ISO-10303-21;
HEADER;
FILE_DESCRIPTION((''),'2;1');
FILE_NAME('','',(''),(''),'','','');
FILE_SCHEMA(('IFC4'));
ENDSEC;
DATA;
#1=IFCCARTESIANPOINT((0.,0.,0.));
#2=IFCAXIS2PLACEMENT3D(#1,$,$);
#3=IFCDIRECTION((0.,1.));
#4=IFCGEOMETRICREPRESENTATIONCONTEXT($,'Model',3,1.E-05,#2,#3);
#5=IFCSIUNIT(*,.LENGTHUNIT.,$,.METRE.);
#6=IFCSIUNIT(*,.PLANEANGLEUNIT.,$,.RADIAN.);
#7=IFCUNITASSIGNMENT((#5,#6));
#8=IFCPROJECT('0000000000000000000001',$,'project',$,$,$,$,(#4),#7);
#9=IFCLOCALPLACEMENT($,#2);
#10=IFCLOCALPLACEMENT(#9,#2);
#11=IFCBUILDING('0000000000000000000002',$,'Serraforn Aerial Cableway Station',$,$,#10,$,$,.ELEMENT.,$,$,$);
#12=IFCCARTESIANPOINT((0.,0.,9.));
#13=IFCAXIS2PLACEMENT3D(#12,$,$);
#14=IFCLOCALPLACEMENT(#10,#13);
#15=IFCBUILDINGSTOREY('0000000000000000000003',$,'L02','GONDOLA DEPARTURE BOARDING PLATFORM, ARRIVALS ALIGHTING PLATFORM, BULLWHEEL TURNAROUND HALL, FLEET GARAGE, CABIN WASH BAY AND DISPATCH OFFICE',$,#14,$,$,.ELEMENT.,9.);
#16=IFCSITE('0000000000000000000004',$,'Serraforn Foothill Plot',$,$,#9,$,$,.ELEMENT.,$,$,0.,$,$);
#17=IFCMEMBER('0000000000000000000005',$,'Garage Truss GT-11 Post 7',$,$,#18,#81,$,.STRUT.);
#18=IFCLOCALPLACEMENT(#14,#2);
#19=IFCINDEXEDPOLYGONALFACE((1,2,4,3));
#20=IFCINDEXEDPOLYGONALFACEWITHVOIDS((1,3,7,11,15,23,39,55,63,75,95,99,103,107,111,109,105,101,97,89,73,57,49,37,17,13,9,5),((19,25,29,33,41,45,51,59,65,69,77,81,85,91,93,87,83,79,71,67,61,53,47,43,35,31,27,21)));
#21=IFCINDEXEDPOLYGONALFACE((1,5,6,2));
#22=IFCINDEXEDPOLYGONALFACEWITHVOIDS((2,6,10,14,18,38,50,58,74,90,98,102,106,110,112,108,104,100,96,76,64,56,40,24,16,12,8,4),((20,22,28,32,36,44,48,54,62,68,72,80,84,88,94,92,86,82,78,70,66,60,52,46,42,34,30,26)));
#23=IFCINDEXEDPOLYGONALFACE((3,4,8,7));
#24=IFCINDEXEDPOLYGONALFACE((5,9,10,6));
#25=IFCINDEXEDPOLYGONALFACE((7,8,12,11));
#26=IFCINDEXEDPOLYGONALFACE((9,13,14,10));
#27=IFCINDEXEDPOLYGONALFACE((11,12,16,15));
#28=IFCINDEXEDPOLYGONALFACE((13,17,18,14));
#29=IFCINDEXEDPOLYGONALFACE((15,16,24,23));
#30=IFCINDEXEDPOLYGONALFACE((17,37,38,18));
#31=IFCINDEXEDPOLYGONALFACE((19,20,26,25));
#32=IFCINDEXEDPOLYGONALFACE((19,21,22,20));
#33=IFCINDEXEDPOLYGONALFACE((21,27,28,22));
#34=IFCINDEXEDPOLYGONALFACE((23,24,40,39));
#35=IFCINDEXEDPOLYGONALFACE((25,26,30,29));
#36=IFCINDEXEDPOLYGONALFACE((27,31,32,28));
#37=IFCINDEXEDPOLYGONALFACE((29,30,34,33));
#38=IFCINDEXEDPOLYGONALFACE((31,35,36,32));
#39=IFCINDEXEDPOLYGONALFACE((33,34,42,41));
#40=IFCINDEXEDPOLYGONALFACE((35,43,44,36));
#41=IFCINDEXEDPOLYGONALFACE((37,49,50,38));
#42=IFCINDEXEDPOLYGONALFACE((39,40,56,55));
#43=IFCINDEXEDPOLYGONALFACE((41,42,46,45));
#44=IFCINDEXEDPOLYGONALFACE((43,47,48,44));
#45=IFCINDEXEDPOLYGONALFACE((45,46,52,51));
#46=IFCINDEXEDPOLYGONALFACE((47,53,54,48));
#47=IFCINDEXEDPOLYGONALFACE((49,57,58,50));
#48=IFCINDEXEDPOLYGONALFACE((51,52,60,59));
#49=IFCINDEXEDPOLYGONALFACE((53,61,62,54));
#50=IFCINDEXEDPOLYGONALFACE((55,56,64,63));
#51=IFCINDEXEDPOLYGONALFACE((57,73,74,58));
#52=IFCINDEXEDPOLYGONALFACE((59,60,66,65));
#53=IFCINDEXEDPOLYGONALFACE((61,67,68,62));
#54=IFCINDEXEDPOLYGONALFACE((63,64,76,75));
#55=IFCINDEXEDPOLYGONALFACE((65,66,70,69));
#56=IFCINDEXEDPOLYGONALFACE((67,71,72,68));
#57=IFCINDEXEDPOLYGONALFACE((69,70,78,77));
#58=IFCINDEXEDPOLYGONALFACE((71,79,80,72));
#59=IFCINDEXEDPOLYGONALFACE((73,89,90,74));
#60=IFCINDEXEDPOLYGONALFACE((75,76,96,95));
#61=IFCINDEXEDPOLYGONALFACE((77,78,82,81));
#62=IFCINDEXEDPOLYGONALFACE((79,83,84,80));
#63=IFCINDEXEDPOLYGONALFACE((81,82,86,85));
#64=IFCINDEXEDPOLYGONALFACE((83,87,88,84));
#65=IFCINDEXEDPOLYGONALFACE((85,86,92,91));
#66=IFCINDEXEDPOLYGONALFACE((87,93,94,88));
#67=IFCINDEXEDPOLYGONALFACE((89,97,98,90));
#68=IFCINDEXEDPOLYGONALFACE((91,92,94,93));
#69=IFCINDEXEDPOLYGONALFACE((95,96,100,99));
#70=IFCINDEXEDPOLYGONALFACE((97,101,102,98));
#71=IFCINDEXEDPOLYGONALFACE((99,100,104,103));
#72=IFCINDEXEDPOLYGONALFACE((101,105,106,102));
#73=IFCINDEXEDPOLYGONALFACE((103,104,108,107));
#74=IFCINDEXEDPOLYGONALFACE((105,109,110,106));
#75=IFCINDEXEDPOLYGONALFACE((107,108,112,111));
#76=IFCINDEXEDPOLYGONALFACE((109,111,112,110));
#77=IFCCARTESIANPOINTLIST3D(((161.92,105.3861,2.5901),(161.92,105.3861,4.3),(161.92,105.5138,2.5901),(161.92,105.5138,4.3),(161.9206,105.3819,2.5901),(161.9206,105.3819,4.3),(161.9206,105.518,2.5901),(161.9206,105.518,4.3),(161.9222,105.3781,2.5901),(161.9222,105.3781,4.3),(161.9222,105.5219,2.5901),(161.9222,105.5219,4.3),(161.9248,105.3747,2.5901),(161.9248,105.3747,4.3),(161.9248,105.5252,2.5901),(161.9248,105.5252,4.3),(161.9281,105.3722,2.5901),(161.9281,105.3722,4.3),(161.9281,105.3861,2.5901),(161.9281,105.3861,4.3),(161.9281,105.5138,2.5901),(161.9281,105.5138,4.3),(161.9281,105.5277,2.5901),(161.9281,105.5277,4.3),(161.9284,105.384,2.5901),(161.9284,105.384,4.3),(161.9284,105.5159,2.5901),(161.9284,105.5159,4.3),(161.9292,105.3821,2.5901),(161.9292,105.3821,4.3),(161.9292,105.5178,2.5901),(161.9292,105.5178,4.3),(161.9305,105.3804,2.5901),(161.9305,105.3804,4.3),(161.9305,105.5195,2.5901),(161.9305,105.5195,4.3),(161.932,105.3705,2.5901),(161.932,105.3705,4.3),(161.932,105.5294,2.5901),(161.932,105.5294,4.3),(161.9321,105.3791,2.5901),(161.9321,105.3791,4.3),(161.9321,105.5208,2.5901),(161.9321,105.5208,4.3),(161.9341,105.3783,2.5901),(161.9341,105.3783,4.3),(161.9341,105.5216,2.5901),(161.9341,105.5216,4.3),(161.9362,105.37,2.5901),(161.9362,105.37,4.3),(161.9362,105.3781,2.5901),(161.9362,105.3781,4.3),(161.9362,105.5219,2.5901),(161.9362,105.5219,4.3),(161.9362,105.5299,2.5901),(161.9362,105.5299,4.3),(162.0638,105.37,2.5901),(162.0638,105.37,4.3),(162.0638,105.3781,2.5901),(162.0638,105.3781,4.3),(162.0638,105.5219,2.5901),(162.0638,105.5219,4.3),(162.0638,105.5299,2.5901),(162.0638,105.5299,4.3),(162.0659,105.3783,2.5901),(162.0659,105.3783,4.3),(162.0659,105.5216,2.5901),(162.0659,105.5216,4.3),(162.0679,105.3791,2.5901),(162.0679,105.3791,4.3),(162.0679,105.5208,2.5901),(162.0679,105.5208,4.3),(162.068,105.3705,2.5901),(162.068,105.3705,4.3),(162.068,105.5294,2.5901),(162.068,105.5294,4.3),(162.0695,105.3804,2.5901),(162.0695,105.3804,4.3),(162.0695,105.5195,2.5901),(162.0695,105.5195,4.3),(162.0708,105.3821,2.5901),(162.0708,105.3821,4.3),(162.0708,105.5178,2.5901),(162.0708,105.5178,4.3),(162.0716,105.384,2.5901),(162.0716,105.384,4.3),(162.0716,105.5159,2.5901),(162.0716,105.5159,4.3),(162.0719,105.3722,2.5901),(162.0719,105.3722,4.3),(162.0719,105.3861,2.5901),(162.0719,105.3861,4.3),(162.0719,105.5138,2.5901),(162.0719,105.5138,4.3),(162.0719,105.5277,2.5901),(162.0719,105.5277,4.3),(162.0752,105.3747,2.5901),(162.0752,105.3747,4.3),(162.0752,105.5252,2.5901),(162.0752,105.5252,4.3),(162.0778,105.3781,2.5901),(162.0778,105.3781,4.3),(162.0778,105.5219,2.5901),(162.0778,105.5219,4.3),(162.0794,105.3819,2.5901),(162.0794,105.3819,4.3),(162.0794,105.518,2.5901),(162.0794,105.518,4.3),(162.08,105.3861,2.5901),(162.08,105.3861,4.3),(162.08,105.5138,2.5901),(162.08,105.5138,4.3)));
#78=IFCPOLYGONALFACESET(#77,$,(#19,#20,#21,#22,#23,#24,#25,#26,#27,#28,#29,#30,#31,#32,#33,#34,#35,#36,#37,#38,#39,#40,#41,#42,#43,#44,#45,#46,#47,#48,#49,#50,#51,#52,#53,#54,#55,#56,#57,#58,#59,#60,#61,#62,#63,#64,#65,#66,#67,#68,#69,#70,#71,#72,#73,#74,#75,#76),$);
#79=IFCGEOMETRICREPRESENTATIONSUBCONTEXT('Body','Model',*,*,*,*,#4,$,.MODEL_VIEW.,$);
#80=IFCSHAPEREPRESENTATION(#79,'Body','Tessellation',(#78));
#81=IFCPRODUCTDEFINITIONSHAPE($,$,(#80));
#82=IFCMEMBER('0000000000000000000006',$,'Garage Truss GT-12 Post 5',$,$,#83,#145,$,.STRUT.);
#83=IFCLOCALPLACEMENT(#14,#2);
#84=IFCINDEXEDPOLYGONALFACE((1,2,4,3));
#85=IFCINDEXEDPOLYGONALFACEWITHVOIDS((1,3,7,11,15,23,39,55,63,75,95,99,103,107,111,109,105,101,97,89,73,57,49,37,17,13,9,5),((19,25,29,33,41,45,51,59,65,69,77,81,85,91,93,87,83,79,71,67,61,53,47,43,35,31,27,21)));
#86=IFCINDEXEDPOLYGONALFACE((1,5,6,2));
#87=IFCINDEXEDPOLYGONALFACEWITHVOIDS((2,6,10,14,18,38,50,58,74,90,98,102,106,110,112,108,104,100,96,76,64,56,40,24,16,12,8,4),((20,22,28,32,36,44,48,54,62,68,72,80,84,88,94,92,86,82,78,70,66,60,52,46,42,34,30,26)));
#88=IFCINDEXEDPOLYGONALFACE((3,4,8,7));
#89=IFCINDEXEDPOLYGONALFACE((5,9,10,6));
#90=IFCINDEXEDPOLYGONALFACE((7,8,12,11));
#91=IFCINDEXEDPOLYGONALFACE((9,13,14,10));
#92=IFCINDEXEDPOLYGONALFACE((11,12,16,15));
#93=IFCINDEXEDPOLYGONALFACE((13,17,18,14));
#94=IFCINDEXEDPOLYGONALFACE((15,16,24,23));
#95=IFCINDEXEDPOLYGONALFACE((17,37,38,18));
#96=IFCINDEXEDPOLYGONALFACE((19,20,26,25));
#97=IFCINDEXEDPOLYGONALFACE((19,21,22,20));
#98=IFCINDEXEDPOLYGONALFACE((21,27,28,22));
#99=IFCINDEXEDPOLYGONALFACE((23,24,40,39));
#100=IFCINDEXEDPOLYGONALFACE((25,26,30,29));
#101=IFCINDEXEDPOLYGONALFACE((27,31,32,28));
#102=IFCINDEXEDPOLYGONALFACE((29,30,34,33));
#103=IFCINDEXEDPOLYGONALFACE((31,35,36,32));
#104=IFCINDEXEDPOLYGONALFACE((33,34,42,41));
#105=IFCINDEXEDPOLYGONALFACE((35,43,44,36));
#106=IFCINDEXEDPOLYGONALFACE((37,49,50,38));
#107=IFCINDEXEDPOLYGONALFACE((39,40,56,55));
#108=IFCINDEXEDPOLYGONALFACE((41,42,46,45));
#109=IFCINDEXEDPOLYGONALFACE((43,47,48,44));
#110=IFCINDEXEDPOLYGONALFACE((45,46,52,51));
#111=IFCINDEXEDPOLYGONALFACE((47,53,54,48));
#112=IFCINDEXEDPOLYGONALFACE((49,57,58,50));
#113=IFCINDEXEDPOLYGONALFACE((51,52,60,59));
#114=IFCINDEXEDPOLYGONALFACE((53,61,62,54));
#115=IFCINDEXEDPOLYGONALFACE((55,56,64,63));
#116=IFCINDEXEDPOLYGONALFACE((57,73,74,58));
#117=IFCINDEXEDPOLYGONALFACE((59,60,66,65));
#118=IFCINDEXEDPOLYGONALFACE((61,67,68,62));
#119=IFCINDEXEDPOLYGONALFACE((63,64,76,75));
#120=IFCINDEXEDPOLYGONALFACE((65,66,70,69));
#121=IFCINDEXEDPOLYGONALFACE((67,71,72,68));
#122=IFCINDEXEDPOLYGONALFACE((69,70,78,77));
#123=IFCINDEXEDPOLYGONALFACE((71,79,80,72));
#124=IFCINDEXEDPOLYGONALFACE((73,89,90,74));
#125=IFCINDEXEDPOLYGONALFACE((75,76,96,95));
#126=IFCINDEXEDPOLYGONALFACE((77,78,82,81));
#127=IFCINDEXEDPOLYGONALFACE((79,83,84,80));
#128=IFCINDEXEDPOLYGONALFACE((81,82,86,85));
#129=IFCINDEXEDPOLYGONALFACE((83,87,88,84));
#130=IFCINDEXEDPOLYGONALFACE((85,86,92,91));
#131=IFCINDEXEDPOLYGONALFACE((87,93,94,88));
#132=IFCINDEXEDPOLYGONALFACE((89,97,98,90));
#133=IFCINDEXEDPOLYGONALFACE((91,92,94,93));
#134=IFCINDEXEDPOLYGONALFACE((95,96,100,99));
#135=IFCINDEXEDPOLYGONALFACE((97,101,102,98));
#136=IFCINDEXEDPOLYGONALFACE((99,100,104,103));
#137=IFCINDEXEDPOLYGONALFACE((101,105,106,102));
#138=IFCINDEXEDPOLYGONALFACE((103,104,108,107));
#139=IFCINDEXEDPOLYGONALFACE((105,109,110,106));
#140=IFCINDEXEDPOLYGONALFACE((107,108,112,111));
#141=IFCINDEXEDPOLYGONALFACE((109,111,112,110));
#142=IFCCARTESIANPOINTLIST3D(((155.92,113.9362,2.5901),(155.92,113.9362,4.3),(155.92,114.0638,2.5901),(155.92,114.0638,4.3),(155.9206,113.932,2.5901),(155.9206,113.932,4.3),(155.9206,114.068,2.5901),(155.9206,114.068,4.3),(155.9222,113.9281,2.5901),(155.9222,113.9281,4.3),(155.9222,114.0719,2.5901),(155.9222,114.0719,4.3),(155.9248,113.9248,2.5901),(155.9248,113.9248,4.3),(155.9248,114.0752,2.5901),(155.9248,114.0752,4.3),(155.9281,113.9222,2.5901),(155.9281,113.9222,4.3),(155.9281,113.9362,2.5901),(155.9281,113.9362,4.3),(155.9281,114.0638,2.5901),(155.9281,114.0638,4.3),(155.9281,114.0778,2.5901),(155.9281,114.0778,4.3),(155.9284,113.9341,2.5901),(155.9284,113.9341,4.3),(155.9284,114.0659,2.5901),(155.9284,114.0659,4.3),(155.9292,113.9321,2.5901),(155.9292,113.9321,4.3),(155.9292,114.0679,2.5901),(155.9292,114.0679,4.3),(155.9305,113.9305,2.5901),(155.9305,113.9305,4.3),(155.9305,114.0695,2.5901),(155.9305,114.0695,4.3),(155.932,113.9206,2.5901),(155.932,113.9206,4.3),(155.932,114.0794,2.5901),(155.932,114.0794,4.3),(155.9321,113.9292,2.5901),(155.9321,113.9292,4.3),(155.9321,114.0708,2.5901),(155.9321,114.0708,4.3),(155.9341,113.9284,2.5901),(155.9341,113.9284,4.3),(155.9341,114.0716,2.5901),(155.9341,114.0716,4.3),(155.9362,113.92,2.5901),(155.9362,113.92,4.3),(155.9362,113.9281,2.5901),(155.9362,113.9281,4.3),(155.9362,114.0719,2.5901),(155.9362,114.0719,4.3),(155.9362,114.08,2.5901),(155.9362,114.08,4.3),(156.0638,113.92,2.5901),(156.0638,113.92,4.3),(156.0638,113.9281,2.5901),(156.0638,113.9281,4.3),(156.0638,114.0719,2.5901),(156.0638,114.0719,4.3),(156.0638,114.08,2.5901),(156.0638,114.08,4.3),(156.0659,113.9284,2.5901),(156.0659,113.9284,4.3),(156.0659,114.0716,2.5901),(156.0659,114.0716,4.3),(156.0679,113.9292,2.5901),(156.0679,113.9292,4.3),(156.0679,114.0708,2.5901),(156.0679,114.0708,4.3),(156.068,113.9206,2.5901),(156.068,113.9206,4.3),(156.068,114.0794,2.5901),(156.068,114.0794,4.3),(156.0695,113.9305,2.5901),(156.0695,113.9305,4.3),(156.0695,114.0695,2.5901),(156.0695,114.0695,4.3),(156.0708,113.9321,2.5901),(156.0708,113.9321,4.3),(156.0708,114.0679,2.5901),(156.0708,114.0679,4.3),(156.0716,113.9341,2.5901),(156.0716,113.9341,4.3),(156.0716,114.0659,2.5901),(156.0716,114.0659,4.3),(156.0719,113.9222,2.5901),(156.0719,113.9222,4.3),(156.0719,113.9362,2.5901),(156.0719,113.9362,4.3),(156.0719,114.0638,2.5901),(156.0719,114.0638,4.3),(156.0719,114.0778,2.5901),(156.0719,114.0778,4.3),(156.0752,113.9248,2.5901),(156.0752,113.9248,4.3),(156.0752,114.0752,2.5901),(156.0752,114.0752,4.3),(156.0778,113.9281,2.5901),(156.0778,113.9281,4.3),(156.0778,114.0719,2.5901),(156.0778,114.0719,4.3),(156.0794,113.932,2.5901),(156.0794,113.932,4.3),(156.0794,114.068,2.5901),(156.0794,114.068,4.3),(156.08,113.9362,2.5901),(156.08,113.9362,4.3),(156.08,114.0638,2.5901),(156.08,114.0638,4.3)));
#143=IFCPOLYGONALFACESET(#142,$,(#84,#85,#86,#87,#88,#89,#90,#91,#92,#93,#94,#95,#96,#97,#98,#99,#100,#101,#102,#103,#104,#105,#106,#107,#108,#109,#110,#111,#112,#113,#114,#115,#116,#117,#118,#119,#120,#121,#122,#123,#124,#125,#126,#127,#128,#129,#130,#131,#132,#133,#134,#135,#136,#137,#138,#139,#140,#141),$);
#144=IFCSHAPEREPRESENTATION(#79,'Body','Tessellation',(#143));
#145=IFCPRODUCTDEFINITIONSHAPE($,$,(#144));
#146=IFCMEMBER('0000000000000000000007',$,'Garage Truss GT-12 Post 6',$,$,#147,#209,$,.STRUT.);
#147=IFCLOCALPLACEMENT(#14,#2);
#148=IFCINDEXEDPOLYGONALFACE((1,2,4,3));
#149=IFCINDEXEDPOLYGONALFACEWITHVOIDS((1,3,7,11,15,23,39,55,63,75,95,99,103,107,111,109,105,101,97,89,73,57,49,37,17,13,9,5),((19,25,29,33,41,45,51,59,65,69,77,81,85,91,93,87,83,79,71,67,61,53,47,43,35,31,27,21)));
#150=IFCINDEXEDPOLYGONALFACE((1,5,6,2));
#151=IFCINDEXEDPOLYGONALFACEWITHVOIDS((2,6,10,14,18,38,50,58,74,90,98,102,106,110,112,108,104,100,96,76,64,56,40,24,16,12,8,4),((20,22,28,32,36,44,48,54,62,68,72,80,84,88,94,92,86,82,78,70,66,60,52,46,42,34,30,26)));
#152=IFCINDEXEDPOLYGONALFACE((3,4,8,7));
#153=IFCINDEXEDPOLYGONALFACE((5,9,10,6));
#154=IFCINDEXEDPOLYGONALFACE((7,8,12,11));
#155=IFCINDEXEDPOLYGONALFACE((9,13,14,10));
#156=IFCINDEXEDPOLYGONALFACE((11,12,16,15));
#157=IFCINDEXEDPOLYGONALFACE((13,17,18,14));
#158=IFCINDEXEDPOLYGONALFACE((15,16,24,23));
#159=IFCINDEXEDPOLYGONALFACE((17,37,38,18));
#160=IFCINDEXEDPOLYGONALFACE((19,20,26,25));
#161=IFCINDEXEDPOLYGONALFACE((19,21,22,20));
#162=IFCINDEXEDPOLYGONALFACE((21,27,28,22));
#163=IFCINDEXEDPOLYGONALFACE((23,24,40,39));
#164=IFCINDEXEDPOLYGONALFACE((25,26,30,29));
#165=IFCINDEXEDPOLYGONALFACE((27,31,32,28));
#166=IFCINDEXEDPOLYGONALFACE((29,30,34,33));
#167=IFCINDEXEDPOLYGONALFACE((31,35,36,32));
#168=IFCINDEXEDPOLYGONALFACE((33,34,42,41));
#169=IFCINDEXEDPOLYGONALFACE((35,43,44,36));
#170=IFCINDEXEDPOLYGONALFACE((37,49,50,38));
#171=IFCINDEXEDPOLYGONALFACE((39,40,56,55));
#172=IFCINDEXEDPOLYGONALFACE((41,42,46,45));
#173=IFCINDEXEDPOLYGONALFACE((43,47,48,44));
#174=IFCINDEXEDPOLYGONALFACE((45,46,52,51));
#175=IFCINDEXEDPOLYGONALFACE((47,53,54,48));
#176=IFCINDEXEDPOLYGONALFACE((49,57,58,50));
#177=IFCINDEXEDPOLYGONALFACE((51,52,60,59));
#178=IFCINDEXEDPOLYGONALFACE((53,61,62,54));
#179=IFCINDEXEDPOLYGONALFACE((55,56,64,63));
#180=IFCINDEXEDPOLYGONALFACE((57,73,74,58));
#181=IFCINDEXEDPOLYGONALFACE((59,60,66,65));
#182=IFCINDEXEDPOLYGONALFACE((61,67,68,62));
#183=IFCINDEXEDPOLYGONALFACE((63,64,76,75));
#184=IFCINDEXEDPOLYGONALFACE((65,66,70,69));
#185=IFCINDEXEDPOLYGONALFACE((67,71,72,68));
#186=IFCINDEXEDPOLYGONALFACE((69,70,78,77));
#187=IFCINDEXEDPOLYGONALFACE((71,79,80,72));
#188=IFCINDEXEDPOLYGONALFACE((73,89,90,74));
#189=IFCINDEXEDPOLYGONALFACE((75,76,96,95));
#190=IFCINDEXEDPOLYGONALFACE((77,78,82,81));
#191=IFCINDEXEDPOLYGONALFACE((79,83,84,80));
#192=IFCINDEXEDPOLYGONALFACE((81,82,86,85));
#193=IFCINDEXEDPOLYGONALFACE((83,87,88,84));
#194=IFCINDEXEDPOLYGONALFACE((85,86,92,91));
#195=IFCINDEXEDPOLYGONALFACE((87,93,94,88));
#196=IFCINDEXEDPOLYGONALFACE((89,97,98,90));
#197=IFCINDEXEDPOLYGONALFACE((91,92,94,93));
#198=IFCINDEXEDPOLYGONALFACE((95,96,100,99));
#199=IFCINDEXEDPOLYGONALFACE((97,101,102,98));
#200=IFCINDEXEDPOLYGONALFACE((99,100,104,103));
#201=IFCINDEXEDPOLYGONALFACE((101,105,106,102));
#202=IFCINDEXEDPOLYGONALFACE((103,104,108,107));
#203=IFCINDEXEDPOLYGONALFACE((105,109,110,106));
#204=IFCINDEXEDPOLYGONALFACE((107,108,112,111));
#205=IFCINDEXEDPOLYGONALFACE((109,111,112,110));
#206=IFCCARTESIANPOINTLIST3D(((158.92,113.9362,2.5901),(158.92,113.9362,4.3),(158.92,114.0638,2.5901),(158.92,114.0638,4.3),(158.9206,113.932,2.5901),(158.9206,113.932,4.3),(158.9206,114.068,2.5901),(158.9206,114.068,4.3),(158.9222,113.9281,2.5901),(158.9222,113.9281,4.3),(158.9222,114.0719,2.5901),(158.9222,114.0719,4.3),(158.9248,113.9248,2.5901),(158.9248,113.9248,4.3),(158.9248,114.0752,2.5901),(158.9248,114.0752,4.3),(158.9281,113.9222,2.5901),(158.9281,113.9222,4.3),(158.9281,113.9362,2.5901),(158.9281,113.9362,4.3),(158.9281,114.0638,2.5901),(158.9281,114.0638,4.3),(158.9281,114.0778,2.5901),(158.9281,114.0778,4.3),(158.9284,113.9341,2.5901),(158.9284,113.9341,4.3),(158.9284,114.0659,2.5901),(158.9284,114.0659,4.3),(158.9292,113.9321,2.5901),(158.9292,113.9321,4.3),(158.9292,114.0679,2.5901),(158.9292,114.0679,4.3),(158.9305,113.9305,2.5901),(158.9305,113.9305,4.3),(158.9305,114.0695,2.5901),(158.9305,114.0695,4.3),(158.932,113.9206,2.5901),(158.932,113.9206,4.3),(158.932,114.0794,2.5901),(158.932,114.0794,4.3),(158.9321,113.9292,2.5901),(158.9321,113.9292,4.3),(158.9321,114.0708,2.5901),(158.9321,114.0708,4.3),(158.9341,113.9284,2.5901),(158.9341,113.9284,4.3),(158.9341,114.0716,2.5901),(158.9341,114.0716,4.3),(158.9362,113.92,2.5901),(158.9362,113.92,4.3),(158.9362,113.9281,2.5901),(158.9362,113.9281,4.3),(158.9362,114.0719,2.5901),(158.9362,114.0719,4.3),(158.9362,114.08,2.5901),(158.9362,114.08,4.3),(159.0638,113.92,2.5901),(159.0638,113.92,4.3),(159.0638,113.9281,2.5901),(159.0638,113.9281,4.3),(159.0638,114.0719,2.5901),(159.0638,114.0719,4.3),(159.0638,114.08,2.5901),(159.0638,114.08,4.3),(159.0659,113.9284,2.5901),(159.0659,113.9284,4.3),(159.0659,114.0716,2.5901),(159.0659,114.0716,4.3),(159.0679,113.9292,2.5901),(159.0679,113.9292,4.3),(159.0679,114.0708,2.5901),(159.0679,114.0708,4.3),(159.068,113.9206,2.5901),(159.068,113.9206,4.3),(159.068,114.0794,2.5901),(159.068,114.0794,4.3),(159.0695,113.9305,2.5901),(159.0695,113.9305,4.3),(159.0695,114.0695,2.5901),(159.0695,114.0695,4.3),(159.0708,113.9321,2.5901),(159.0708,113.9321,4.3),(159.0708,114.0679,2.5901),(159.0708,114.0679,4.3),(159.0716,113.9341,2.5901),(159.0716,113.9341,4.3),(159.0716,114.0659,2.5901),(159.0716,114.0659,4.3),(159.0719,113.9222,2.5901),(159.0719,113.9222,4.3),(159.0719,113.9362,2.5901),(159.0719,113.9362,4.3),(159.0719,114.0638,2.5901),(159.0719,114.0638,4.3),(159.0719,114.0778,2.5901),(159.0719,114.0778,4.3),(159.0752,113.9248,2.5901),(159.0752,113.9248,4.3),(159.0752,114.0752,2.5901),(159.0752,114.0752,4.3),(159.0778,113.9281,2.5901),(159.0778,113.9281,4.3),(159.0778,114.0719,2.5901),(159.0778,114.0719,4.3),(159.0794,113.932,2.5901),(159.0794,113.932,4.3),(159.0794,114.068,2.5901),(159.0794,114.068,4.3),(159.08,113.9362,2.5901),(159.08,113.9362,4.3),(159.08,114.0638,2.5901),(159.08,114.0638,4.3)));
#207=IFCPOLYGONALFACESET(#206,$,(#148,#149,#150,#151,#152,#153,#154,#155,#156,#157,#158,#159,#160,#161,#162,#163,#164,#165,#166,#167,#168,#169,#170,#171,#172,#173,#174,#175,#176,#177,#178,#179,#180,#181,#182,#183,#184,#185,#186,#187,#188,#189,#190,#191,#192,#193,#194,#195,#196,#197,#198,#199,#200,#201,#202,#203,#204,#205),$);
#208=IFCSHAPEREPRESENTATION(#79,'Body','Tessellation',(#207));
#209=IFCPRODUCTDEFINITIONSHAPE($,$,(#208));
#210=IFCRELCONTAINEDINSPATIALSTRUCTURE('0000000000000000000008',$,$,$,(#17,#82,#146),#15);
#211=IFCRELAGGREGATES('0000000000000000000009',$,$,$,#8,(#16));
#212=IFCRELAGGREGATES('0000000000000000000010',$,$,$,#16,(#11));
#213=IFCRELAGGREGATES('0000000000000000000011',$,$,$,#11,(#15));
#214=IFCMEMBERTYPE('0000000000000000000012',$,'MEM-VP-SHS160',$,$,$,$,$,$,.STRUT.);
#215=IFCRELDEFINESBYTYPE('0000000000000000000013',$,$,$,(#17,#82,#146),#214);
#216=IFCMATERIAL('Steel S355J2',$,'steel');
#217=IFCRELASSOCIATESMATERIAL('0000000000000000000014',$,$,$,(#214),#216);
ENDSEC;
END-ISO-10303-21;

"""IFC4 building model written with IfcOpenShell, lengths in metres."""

from ifc_helpers import new_model, si_unit, direction, frame, origin, origin_2d, place, context, subcontext, project, spatial, hollow_rectangle, extrude, material, material_profile, profile_set, type_object, element, save


model = new_model("IFC4")

# Units and contexts
model_context = context("Model", 3, precision=1e-05, world=origin(), true_north=direction((0.0, 1.0)))
body_context = subcontext(model_context, "Body", "Model", "MODEL_VIEW")
ifc_project = project(units=[si_unit("LENGTHUNIT", "METRE"), si_unit("PLANEANGLEUNIT", "RADIAN")], contexts=[model_context])

# Site, building, storey
site_placement = place(None, origin())
site = spatial("IfcSite", under=ifc_project, at=site_placement, Name="Serraforn Foothill Plot", CompositionType="ELEMENT", RefElevation=0.0)
building_placement = place(site_placement, origin())
building = spatial("IfcBuilding", under=site, at=building_placement, Name="Serraforn Aerial Cableway Station", CompositionType="ELEMENT")
storey_placement = place(building_placement, frame((0.0, 0.0, 9.0)))
storey = spatial("IfcBuildingStorey", under=building, at=storey_placement, Name="L02", Description="GONDOLA DEPARTURE BOARDING PLATFORM, ARRIVALS ALIGHTING PLATFORM, BULLWHEEL TURNAROUND HALL, FLEET GARAGE, CABIN WASH BAY AND DISPATCH OFFICE", CompositionType="ELEMENT", Elevation=9.0)

# Shared definitions
ifc_material_1 = material(Name="Steel S355J2", Category="steel")

# Members
ifc_material_profile_1 = material_profile(ifc_material_1, hollow_rectangle(XDim=0.1599, YDim=0.1599, WallThickness=0.0081, InnerFilletRadius=0.0081, OuterFilletRadius=0.0161, at=origin_2d()), Name="SHS 160x160x8.0")
ifc_profile_set_1 = profile_set([ifc_material_profile_1], Name="Steel S355J2")
member_type_1 = type_object("IfcMemberType", Name="MEM-VP-SHS160", PredefinedType="STRUT", material=ifc_profile_set_1)
for number, where, z_axis, x_axis, name in (
    (1, (162.0, 105.45, 2.5901), (0.0, 0.0, 1.0), (1.0, 0.0, 0.0), "Garage Truss GT-11 Post 7"),
    (2, (156.0, 114.0, 2.5901), (0.0, 0.0, 1.0), (1.0, 0.0, 0.0), "Garage Truss GT-12 Post 5"),
    (3, (159.0, 114.0, 2.5901), (0.0, 0.0, 1.0), (1.0, 0.0, 0.0), "Garage Truss GT-12 Post 6"),
):
    element("IfcMember", number, at=place(storey_placement, frame(where, z_axis=z_axis, x_axis=x_axis)), inside=storey, type_object=member_type_1, Name=name, PredefinedType="STRUT", context=body_context, shape_type="SweptSolid", body=[
        extrude(hollow_rectangle(XDim=0.1599, YDim=0.1599, WallThickness=0.0081, InnerFilletRadius=0.0081, OuterFilletRadius=0.0161, at=origin_2d()), origin(), (0.0, 0.0, 1.0), 1.71),
    ])

save(model, "model.ifc")
